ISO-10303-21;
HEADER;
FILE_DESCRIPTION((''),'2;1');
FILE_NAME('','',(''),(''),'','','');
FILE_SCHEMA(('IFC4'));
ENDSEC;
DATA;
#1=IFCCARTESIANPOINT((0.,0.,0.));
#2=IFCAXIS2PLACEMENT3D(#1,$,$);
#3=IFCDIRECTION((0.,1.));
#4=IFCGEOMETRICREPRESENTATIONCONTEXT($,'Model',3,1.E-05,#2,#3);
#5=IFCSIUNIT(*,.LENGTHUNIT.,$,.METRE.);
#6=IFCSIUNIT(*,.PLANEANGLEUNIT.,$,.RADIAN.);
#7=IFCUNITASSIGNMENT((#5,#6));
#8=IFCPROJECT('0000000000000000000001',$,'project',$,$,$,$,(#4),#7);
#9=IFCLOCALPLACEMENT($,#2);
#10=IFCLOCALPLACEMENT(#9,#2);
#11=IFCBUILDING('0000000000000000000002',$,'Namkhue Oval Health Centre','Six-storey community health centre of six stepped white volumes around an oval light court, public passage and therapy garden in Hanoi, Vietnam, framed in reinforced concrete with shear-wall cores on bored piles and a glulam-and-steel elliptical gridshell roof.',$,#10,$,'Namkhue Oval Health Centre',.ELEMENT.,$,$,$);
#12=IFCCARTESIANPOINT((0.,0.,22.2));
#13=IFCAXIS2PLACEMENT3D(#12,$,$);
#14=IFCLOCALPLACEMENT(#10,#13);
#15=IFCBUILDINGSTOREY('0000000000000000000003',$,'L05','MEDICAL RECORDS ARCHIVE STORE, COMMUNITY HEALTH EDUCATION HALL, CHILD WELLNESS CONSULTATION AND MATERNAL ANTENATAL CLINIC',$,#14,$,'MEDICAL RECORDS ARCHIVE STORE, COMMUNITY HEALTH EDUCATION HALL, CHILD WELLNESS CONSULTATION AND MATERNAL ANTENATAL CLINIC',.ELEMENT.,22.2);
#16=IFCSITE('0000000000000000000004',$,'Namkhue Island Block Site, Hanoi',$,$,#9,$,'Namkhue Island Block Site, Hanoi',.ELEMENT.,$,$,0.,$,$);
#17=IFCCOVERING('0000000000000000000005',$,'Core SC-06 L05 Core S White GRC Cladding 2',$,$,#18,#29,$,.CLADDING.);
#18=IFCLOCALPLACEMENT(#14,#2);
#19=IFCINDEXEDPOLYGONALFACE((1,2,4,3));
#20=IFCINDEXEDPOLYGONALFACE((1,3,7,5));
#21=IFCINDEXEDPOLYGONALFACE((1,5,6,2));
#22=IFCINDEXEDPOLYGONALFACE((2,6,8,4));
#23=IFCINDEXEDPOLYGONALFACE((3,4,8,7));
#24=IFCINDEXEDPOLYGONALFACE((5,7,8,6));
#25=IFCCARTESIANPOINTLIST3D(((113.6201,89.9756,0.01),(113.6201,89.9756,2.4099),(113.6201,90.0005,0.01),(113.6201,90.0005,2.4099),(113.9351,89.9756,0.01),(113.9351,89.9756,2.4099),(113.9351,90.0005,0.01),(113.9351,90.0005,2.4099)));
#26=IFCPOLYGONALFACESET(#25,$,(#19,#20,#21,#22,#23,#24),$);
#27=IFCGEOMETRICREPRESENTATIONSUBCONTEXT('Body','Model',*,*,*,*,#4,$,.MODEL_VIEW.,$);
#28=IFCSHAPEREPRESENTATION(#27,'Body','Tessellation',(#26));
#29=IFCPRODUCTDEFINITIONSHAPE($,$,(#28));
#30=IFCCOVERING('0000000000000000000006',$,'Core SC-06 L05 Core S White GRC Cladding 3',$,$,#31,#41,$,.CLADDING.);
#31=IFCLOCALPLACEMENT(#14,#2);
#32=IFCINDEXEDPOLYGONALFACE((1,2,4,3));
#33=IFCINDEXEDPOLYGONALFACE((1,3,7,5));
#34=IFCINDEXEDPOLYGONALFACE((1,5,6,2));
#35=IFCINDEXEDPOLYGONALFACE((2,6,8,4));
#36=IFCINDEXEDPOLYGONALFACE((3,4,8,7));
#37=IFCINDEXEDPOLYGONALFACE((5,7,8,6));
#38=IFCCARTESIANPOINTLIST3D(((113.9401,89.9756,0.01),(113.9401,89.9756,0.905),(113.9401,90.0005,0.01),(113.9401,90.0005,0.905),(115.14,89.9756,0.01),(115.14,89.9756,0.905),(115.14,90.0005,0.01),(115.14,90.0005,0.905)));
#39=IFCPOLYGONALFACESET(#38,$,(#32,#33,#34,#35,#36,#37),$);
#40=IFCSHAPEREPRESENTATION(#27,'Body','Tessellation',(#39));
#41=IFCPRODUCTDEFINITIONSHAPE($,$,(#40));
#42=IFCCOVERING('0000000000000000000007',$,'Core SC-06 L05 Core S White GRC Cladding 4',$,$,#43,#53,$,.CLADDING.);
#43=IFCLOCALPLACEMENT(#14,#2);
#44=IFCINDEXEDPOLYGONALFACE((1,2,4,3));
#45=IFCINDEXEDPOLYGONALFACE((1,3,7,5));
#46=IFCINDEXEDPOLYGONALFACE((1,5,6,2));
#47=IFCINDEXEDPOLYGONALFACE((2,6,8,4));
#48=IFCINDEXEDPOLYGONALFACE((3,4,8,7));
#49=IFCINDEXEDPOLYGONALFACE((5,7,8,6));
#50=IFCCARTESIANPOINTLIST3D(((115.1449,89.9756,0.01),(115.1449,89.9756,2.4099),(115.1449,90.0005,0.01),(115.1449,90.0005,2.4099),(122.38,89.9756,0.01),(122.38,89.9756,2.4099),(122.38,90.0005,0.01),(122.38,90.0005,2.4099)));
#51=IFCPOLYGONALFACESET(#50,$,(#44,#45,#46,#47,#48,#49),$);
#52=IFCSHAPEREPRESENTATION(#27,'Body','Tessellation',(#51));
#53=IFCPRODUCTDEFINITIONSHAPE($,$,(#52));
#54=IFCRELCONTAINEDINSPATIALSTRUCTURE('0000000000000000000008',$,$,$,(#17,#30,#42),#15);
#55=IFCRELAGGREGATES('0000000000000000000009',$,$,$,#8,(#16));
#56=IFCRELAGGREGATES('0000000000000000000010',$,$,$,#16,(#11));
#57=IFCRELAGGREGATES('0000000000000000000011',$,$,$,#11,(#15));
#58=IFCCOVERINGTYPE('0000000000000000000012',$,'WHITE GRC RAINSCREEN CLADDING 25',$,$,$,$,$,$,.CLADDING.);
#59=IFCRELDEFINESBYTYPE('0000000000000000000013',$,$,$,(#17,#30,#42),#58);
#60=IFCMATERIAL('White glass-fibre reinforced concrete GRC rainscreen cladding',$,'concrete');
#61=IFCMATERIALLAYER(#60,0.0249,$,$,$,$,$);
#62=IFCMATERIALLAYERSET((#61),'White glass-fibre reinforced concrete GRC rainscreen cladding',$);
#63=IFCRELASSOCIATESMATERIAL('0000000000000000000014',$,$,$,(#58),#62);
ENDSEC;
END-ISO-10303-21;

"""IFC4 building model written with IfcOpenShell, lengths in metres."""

from ifc_helpers import new_model, si_unit, direction, frame, origin, origin_2d, place, context, subcontext, project, spatial, rectangle, extrude, material, layer, layer_set, type_object, element, save


model = new_model("IFC4")

# Units and contexts
model_context = context("Model", 3, precision=1e-05, world=origin(), true_north=direction((0.0, 1.0)))
body_context = subcontext(model_context, "Body", "Model", "MODEL_VIEW")
ifc_project = project(units=[si_unit("LENGTHUNIT", "METRE"), si_unit("PLANEANGLEUNIT", "RADIAN")], contexts=[model_context])

# Site, building, storey
site_placement = place(None, origin())
site = spatial("IfcSite", under=ifc_project, at=site_placement, Name="Namkhue Island Block Site, Hanoi", LongName="Namkhue Island Block Site, Hanoi", CompositionType="ELEMENT", RefElevation=0.0)
building_placement = place(site_placement, origin())
building = spatial("IfcBuilding", under=site, at=building_placement, Name="Namkhue Oval Health Centre", Description="Six-storey community health centre of six stepped white volumes around an oval light court, public passage and therapy garden in Hanoi, Vietnam, framed in reinforced concrete with shear-wall cores on bored piles and a glulam-and-steel elliptical gridshell roof.", LongName="Namkhue Oval Health Centre", CompositionType="ELEMENT")
storey_placement = place(building_placement, frame((0.0, 0.0, 22.2)))
storey = spatial("IfcBuildingStorey", under=building, at=storey_placement, Name="L05", Description="MEDICAL RECORDS ARCHIVE STORE, COMMUNITY HEALTH EDUCATION HALL, CHILD WELLNESS CONSULTATION AND MATERNAL ANTENATAL CLINIC", LongName="MEDICAL RECORDS ARCHIVE STORE, COMMUNITY HEALTH EDUCATION HALL, CHILD WELLNESS CONSULTATION AND MATERNAL ANTENATAL CLINIC", CompositionType="ELEMENT", Elevation=22.2)

# Coverings
ifc_material_1 = material(Name="White glass-fibre reinforced concrete GRC rainscreen cladding", Category="concrete")
ifc_layer_1 = layer(ifc_material_1, 0.0249)
ifc_layer_set_1 = layer_set([ifc_layer_1], Name="White glass-fibre reinforced concrete GRC rainscreen cladding")
covering_type = type_object("IfcCoveringType", Name="WHITE GRC RAINSCREEN CLADDING 25", PredefinedType="CLADDING", material=ifc_layer_set_1)
covering_1_placement = place(storey_placement, frame((113.7776, 89.988, 0.01), z_axis=(0.0, 0.0, 1.0), x_axis=(1.0, 0.0, 0.0)))
element("IfcCovering", 1, at=covering_1_placement, inside=storey, type_object=covering_type, Name="Core SC-06 L05 Core S White GRC Cladding 2", PredefinedType="CLADDING", context=body_context, shape_type="SweptSolid", body=[
    extrude(rectangle(XDim=0.3149, YDim=0.0249, at=origin_2d()), origin(), (0.0, 0.0, 1.0), 2.3999),
])
covering_2_placement = place(storey_placement, frame((114.54, 89.988, 0.01), z_axis=(0.0, 0.0, 1.0), x_axis=(1.0, 0.0, 0.0)))
element("IfcCovering", 2, at=covering_2_placement, inside=storey, type_object=covering_type, Name="Core SC-06 L05 Core S White GRC Cladding 3", PredefinedType="CLADDING", context=body_context, shape_type="SweptSolid", body=[
    extrude(rectangle(XDim=1.2, YDim=0.0249, at=origin_2d()), origin(), (0.0, 0.0, 1.0), 0.895),
])
covering_3_placement = place(storey_placement, frame((118.7625, 89.988, 0.01), z_axis=(0.0, 0.0, 1.0), x_axis=(1.0, 0.0, 0.0)))
element("IfcCovering", 3, at=covering_3_placement, inside=storey, type_object=covering_type, Name="Core SC-06 L05 Core S White GRC Cladding 4", PredefinedType="CLADDING", context=body_context, shape_type="SweptSolid", body=[
    extrude(rectangle(XDim=7.2351, YDim=0.0249, at=origin_2d()), origin(), (0.0, 0.0, 1.0), 2.3999),
])

save(model, "model.ifc")
